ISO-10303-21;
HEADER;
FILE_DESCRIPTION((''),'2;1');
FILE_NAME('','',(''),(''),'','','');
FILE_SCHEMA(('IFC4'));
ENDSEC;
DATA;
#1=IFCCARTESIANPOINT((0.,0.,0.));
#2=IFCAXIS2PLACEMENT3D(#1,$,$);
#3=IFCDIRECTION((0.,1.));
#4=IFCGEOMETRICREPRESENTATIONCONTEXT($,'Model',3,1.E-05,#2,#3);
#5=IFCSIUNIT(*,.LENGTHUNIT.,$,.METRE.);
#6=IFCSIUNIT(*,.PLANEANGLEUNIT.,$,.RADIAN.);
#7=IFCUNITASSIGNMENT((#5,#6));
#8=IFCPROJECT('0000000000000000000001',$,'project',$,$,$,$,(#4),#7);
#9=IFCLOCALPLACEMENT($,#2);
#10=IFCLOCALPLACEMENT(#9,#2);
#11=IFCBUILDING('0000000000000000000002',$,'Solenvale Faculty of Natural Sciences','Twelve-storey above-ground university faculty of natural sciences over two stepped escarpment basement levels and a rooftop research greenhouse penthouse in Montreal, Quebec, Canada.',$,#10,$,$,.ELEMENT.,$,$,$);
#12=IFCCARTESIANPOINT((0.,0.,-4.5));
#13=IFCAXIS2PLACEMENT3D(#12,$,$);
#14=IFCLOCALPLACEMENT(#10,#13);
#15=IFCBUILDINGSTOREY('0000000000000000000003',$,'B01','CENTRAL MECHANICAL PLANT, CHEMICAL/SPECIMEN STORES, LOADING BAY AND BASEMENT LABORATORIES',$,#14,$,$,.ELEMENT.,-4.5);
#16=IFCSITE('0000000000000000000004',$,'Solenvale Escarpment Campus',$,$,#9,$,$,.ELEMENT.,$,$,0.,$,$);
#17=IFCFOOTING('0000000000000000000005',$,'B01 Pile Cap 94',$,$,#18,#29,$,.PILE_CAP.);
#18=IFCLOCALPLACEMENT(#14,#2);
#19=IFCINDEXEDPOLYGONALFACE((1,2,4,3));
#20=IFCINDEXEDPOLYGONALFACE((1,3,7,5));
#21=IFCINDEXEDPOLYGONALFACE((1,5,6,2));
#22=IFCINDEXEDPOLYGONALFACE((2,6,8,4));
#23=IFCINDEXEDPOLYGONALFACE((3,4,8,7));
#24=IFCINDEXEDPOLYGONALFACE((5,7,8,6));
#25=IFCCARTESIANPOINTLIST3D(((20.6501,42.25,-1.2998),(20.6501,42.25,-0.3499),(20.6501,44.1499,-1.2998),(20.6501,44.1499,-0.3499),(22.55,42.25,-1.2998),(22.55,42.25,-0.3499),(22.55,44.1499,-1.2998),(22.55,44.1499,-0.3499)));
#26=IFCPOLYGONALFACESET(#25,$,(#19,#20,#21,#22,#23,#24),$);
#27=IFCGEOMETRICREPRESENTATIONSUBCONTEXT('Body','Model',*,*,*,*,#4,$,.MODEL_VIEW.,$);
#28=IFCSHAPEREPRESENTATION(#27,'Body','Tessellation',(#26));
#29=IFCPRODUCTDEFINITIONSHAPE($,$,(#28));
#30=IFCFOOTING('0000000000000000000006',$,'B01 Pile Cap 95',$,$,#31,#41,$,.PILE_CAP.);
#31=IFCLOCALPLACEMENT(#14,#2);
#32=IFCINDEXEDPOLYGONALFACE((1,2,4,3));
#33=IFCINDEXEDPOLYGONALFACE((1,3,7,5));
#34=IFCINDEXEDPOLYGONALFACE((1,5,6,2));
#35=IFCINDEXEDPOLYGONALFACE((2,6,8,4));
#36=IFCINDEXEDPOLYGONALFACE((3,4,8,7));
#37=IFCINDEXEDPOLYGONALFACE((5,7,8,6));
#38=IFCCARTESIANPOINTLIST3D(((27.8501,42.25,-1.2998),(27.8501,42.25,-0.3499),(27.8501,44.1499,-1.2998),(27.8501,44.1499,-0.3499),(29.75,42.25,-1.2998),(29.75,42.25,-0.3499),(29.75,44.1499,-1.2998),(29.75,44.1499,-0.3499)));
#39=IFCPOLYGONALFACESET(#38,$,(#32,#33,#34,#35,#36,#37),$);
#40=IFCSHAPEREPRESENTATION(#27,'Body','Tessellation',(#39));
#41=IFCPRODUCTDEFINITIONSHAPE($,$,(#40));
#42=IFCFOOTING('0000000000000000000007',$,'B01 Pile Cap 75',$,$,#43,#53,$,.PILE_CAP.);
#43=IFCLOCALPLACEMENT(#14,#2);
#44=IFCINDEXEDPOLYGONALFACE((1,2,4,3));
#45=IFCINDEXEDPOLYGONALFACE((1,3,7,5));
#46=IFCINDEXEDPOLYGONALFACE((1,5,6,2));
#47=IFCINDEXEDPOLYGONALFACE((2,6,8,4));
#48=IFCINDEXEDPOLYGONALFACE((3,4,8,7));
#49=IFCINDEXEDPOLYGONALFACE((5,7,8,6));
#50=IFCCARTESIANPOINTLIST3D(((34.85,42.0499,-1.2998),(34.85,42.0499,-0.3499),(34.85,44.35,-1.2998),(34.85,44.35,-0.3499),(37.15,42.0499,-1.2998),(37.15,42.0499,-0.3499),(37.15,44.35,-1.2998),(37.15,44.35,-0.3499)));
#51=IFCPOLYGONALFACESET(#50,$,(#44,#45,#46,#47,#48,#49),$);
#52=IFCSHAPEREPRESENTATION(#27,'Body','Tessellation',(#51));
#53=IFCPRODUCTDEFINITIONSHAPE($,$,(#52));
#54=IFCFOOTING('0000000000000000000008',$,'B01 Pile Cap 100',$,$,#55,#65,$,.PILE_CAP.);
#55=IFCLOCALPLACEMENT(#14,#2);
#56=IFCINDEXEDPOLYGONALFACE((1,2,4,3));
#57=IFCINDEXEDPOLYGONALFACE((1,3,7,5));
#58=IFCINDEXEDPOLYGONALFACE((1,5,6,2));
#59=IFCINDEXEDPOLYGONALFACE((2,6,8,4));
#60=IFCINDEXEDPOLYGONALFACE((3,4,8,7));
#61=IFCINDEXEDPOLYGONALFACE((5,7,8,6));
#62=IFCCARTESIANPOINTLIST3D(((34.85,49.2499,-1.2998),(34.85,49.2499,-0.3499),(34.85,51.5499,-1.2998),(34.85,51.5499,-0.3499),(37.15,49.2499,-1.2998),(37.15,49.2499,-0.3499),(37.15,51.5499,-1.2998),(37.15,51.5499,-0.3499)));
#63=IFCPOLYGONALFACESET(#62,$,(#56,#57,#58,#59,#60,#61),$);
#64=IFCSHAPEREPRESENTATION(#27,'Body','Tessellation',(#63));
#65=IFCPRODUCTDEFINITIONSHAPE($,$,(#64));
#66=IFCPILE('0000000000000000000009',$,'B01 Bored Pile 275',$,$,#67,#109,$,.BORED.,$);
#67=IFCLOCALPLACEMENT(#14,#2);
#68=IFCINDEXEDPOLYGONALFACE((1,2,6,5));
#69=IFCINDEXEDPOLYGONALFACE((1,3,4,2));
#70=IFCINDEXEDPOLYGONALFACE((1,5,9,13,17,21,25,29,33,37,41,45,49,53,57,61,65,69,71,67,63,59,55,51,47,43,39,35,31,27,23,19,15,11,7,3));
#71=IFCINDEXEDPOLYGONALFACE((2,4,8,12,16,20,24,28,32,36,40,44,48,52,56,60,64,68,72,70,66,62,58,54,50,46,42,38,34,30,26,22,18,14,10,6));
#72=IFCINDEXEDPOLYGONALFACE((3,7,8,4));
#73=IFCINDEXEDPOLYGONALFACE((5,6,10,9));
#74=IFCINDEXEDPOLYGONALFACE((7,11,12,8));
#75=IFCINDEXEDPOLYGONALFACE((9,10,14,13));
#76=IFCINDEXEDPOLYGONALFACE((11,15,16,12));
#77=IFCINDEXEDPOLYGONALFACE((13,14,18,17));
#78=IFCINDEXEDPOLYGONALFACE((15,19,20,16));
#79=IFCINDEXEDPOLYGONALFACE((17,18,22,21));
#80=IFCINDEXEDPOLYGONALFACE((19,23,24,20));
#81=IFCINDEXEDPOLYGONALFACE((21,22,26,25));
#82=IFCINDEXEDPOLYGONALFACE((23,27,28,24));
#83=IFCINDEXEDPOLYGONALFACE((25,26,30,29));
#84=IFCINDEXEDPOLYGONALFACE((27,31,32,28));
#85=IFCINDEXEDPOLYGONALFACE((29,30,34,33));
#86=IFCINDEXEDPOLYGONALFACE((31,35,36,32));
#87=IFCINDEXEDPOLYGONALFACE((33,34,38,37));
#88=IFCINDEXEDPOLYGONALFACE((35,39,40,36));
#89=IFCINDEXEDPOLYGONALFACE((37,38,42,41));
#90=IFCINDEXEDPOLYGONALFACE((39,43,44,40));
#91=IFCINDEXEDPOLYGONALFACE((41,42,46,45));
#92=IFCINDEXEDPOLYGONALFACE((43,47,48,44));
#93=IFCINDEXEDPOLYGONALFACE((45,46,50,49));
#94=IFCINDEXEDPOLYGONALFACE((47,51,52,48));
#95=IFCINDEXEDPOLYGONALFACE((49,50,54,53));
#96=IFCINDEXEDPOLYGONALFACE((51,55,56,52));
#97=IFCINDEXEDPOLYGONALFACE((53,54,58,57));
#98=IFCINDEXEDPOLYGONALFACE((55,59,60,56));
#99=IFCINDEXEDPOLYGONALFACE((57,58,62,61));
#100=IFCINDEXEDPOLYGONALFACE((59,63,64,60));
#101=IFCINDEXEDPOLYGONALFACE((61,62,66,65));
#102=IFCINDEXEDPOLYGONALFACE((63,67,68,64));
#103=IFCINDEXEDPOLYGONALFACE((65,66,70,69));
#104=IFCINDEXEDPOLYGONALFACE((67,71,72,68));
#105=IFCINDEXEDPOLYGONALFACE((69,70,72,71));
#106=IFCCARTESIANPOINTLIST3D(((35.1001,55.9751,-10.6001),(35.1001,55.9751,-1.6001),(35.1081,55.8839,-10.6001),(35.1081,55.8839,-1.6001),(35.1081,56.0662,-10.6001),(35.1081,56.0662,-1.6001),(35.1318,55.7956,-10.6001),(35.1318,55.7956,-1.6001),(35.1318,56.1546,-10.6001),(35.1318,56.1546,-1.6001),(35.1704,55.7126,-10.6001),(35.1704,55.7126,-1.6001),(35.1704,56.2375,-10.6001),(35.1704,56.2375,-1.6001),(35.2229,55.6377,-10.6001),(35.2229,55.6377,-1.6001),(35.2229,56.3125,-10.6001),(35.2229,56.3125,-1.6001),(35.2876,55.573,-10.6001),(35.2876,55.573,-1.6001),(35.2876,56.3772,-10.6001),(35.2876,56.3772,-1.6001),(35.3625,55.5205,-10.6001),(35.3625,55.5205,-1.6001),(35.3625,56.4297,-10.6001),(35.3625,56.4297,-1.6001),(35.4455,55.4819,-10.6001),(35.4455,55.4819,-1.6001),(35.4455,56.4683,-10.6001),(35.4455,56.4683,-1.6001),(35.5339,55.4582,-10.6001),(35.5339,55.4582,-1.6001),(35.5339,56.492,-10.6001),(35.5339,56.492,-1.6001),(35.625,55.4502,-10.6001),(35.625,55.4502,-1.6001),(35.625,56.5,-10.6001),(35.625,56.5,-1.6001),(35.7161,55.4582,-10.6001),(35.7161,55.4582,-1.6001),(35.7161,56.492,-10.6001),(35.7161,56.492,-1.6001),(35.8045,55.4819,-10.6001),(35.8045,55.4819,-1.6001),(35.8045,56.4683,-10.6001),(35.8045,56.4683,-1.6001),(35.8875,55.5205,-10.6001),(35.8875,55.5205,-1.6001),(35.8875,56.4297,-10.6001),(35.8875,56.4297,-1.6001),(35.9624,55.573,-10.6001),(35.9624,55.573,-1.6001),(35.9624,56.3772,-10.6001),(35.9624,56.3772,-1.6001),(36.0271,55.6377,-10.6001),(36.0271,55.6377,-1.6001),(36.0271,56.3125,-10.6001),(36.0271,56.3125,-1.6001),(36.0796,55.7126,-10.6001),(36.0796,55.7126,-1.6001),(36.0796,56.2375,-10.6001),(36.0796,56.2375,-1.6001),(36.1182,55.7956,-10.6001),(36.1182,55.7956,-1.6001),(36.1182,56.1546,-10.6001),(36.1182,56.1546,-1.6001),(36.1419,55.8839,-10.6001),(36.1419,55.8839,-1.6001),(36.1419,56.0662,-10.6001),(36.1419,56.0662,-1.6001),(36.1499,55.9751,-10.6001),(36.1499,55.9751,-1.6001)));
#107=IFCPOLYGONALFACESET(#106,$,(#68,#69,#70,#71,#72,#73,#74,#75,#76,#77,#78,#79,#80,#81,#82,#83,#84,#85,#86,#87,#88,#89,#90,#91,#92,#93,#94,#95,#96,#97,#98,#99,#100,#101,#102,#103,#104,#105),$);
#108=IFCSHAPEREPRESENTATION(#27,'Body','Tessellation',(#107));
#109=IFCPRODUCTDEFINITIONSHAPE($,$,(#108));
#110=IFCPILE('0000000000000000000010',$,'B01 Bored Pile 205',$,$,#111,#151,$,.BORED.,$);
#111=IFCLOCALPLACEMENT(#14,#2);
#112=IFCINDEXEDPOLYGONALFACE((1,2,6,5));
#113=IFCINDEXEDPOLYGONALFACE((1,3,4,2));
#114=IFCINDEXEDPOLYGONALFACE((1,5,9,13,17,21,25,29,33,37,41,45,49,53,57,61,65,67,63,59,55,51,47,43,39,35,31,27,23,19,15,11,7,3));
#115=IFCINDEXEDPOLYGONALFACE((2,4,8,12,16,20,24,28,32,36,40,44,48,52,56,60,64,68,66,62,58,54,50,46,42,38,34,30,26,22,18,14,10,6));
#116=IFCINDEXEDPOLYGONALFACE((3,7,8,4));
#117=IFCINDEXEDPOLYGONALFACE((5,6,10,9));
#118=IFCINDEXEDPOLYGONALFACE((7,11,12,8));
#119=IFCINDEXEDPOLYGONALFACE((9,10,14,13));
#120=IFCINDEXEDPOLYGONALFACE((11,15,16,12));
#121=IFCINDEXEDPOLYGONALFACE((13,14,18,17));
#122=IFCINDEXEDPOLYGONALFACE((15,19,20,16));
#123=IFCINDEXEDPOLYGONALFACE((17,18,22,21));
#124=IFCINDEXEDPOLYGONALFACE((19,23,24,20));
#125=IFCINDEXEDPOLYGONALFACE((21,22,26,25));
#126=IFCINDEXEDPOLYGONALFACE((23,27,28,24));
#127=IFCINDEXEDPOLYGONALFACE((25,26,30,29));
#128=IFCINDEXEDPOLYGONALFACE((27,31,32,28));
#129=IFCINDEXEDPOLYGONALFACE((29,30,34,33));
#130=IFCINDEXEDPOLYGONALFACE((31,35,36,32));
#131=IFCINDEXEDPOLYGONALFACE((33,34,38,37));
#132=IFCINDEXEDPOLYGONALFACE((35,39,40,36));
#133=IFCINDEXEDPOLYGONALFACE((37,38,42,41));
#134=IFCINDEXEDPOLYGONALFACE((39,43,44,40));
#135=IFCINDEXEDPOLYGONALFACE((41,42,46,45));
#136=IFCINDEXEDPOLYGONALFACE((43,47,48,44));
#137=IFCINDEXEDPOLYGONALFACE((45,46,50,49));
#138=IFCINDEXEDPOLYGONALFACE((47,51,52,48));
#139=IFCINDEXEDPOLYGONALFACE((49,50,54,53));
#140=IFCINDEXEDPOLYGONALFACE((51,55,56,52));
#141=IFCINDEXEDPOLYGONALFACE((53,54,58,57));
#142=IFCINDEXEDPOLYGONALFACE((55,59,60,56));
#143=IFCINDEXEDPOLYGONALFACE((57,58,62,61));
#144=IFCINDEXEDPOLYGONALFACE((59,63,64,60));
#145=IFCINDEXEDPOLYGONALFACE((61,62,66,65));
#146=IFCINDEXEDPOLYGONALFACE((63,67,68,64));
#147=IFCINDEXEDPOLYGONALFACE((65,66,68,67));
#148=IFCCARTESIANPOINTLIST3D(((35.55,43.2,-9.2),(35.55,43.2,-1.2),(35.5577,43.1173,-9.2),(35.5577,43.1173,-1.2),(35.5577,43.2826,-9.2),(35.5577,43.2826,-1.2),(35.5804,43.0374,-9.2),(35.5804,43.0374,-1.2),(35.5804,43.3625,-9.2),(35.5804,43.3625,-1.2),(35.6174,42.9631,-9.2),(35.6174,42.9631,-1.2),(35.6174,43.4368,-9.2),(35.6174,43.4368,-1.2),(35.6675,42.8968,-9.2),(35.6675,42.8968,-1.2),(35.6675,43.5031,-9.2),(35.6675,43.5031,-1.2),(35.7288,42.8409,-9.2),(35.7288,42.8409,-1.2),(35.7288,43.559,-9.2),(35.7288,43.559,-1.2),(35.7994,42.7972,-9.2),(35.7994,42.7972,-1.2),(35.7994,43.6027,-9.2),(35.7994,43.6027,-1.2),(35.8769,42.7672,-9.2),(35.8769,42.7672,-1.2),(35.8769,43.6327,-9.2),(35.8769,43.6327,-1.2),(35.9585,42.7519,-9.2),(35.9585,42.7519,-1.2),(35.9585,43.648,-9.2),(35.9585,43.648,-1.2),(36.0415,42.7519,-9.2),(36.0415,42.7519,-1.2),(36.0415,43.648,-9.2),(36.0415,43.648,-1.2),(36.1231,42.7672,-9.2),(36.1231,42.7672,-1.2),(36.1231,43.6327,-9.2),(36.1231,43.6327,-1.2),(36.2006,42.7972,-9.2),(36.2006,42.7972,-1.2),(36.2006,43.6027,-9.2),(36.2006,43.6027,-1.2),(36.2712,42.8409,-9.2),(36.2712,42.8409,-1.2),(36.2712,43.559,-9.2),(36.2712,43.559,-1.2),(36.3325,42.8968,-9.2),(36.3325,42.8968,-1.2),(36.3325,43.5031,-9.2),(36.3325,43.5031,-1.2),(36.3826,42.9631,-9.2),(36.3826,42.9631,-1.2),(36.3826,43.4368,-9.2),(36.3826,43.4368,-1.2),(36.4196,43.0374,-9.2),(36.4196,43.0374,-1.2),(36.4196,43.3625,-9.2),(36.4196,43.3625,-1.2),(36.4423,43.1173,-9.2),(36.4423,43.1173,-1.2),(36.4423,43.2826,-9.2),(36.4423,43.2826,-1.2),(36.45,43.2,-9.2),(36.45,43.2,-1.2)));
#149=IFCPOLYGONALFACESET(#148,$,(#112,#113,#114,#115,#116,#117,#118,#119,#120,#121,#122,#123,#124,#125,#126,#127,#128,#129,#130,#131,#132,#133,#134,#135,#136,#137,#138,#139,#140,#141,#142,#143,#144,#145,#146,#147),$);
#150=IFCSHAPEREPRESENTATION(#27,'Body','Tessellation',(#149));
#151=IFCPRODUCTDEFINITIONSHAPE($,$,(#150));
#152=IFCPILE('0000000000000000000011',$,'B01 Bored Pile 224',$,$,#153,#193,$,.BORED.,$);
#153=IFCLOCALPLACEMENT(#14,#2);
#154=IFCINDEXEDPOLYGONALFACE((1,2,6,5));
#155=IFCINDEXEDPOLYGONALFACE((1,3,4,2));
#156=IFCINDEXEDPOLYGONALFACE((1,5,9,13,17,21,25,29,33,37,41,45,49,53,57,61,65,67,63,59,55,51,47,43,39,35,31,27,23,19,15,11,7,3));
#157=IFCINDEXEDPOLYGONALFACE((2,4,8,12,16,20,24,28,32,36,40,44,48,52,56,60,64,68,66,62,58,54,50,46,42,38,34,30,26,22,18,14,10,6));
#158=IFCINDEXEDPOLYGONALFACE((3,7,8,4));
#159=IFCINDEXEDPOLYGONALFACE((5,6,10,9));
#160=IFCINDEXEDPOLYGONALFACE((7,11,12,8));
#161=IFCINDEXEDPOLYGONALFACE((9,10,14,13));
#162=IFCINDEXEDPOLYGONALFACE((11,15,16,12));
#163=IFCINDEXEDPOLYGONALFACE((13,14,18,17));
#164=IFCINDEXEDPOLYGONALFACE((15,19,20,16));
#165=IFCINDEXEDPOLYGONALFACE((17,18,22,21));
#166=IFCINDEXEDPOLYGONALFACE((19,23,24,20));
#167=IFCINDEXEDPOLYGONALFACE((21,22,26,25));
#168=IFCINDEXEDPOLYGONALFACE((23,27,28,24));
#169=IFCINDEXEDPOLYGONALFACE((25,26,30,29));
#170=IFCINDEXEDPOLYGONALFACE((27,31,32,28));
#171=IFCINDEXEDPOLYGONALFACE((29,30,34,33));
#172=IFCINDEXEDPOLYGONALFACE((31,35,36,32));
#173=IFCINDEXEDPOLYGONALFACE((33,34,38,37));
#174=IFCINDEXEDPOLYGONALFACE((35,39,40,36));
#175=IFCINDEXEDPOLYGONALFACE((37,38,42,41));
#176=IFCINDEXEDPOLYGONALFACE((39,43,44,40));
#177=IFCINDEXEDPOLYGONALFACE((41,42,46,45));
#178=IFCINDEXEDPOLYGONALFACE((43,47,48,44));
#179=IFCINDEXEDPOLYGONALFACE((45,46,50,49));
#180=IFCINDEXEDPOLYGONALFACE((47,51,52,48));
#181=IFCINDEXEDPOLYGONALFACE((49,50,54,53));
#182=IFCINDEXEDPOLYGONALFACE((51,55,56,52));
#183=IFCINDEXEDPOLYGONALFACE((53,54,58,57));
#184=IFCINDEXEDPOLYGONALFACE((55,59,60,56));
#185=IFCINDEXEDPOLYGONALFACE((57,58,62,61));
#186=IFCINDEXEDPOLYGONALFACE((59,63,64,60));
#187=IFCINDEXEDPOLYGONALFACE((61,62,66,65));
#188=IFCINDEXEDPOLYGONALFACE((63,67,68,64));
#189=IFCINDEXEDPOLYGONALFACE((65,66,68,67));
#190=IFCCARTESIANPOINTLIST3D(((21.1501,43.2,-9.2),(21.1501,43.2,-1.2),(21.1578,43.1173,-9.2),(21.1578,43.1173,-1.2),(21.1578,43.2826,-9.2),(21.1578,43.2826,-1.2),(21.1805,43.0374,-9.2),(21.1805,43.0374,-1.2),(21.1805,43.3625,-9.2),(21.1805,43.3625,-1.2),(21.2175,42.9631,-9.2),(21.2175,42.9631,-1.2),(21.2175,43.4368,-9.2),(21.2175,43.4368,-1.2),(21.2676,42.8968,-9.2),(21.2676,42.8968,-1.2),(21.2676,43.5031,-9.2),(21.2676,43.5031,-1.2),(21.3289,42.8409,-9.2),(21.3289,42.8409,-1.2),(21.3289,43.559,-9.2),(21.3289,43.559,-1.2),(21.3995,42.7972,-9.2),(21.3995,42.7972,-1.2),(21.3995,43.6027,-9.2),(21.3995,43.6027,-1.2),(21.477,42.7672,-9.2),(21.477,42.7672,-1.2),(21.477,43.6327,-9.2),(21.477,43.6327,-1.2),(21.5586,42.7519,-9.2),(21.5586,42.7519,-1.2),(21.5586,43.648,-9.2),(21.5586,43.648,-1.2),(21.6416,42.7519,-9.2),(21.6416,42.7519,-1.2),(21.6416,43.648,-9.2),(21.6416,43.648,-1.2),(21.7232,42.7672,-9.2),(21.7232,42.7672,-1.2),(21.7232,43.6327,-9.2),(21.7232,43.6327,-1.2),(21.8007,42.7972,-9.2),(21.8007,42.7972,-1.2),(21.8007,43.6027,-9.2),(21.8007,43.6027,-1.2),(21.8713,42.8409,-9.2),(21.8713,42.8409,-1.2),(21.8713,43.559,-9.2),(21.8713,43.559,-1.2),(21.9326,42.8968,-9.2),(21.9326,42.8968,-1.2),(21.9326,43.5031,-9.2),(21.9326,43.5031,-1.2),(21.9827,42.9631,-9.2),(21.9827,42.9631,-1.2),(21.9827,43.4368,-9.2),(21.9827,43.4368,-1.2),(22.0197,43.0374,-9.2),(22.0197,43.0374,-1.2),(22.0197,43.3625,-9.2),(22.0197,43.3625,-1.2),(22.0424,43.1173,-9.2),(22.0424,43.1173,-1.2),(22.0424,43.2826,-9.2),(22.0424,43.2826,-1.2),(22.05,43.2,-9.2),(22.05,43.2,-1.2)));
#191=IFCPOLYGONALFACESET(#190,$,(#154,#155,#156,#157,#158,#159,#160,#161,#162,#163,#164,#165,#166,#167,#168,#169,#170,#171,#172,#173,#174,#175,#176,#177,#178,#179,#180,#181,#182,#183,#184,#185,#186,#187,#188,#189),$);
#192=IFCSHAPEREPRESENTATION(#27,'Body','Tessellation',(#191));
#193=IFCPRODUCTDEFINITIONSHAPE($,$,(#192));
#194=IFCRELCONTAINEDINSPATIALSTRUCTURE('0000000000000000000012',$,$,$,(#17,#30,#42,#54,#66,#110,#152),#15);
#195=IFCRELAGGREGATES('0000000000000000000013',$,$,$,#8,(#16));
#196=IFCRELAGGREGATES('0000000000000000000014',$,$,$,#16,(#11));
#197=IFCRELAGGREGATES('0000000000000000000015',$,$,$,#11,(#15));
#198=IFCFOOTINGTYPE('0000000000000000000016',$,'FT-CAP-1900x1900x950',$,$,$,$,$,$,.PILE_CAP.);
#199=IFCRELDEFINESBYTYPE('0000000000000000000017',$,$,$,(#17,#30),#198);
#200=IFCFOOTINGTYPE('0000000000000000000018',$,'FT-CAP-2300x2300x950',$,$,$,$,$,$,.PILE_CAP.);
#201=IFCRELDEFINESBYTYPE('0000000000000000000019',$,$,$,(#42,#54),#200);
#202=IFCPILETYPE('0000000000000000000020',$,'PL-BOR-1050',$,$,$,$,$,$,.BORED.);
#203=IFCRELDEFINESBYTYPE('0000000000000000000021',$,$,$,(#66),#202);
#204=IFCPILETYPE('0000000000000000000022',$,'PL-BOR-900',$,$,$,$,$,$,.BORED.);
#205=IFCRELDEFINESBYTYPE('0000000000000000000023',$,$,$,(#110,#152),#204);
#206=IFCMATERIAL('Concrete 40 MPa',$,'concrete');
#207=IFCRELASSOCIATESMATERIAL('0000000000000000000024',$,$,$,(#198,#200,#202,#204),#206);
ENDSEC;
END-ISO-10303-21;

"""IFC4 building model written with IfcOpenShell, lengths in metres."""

from ifc_helpers import new_model, si_unit, direction, frame, origin, origin_2d, place, context, subcontext, project, spatial, rectangle, circle, extrude, material, material_profile, profile_set, type_object, element, save


model = new_model("IFC4")

# Units and contexts
model_context = context("Model", 3, precision=1e-05, world=origin(), true_north=direction((0.0, 1.0)))
body_context = subcontext(model_context, "Body", "Model", "MODEL_VIEW")
ifc_project = project(units=[si_unit("LENGTHUNIT", "METRE"), si_unit("PLANEANGLEUNIT", "RADIAN")], contexts=[model_context])

# Site, building, storey
site_placement = place(None, origin())
site = spatial("IfcSite", under=ifc_project, at=site_placement, Name="Solenvale Escarpment Campus", CompositionType="ELEMENT", RefElevation=0.0)
building_placement = place(site_placement, origin())
building = spatial("IfcBuilding", under=site, at=building_placement, Name="Solenvale Faculty of Natural Sciences", Description="Twelve-storey above-ground university faculty of natural sciences over two stepped escarpment basement levels and a rooftop research greenhouse penthouse in Montreal, Quebec, Canada.", CompositionType="ELEMENT")
storey_placement = place(building_placement, frame((0.0, 0.0, -4.5)))
storey = spatial("IfcBuildingStorey", under=building, at=storey_placement, Name="B01", Description="CENTRAL MECHANICAL PLANT, CHEMICAL/SPECIMEN STORES, LOADING BAY AND BASEMENT LABORATORIES", CompositionType="ELEMENT", Elevation=-4.5)

# Footings
ifc_material_1 = material(Name="Concrete 40 MPa", Category="concrete")
footing_type_1 = type_object("IfcFootingType", Name="FT-CAP-1900x1900x950", PredefinedType="PILE_CAP", material=ifc_material_1)
for number, where, z_axis, x_axis, name in (
    (1, (21.6001, 43.2, -1.2998), (0.0, 0.0, 1.0), (1.0, 0.0, 0.0), "B01 Pile Cap 94"),
    (2, (28.8, 43.2, -1.2998), (0.0, 0.0, 1.0), (1.0, 0.0, 0.0), "B01 Pile Cap 95"),
):
    element("IfcFooting", number, at=place(storey_placement, frame(where, z_axis=z_axis, x_axis=x_axis)), inside=storey, type_object=footing_type_1, Name=name, PredefinedType="PILE_CAP", context=body_context, shape_type="SweptSolid", body=[
        extrude(rectangle(XDim=1.8999, YDim=1.8999, at=origin_2d()), origin(), (0.0, 0.0, 1.0), 0.95),
    ])
footing_type_2 = type_object("IfcFootingType", Name="FT-CAP-2300x2300x950", PredefinedType="PILE_CAP", material=ifc_material_1)
for number, where, z_axis, x_axis, name in (
    (3, (36.0, 43.2, -1.2998), (0.0, 0.0, 1.0), (1.0, 0.0, 0.0), "B01 Pile Cap 75"),
    (4, (36.0, 50.3999, -1.2998), (0.0, 0.0, 1.0), (1.0, 0.0, 0.0), "B01 Pile Cap 100"),
):
    element("IfcFooting", number, at=place(storey_placement, frame(where, z_axis=z_axis, x_axis=x_axis)), inside=storey, type_object=footing_type_2, Name=name, PredefinedType="PILE_CAP", context=body_context, shape_type="SweptSolid", body=[
        extrude(rectangle(XDim=2.3, YDim=2.3, at=origin_2d()), origin(), (0.0, 0.0, 1.0), 0.95),
    ])

# Piles
ifc_material_profile_1 = material_profile(ifc_material_1, circle(Radius=0.5249, at=origin_2d()), Name="PILE-D1050")
ifc_profile_set_1 = profile_set([ifc_material_profile_1], Name="Concrete 40 MPa")
pile_type_1 = type_object("IfcPileType", Name="PL-BOR-1050", PredefinedType="BORED", material=ifc_profile_set_1)
pile_placement = place(storey_placement, frame((35.625, 55.9751, -1.6001), z_axis=(0.0, 0.0, -1.0), x_axis=(1.0, 0.0, 0.0)))
element("IfcPile", 5, at=pile_placement, inside=storey, type_object=pile_type_1, Name="B01 Bored Pile 275", PredefinedType="BORED", context=body_context, shape_type="SweptSolid", body=[
    extrude(circle(Radius=0.5249, at=origin_2d()), origin(), (0.0, 0.0, 1.0), 9.0),
])
ifc_material_profile_2 = material_profile(ifc_material_1, circle(Radius=0.45, at=origin_2d()), Name="PILE-D900")
ifc_profile_set_2 = profile_set([ifc_material_profile_2], Name="Concrete 40 MPa")
pile_type_2 = type_object("IfcPileType", Name="PL-BOR-900", PredefinedType="BORED", material=ifc_profile_set_2)
for number, where, z_axis, x_axis, name in (
    (6, (36.0, 43.2, -1.2), (0.0, 0.0, -1.0), (1.0, 0.0, 0.0), "B01 Bored Pile 205"),
    (7, (21.6001, 43.2, -1.2), (0.0, 0.0, -1.0), (1.0, 0.0, 0.0), "B01 Bored Pile 224"),
):
    element("IfcPile", number, at=place(storey_placement, frame(where, z_axis=z_axis, x_axis=x_axis)), inside=storey, type_object=pile_type_2, Name=name, PredefinedType="BORED", context=body_context, shape_type="SweptSolid", body=[
        extrude(circle(Radius=0.45, at=origin_2d()), origin(), (0.0, 0.0, 1.0), 8.0),
    ])

save(model, "model.ifc")
